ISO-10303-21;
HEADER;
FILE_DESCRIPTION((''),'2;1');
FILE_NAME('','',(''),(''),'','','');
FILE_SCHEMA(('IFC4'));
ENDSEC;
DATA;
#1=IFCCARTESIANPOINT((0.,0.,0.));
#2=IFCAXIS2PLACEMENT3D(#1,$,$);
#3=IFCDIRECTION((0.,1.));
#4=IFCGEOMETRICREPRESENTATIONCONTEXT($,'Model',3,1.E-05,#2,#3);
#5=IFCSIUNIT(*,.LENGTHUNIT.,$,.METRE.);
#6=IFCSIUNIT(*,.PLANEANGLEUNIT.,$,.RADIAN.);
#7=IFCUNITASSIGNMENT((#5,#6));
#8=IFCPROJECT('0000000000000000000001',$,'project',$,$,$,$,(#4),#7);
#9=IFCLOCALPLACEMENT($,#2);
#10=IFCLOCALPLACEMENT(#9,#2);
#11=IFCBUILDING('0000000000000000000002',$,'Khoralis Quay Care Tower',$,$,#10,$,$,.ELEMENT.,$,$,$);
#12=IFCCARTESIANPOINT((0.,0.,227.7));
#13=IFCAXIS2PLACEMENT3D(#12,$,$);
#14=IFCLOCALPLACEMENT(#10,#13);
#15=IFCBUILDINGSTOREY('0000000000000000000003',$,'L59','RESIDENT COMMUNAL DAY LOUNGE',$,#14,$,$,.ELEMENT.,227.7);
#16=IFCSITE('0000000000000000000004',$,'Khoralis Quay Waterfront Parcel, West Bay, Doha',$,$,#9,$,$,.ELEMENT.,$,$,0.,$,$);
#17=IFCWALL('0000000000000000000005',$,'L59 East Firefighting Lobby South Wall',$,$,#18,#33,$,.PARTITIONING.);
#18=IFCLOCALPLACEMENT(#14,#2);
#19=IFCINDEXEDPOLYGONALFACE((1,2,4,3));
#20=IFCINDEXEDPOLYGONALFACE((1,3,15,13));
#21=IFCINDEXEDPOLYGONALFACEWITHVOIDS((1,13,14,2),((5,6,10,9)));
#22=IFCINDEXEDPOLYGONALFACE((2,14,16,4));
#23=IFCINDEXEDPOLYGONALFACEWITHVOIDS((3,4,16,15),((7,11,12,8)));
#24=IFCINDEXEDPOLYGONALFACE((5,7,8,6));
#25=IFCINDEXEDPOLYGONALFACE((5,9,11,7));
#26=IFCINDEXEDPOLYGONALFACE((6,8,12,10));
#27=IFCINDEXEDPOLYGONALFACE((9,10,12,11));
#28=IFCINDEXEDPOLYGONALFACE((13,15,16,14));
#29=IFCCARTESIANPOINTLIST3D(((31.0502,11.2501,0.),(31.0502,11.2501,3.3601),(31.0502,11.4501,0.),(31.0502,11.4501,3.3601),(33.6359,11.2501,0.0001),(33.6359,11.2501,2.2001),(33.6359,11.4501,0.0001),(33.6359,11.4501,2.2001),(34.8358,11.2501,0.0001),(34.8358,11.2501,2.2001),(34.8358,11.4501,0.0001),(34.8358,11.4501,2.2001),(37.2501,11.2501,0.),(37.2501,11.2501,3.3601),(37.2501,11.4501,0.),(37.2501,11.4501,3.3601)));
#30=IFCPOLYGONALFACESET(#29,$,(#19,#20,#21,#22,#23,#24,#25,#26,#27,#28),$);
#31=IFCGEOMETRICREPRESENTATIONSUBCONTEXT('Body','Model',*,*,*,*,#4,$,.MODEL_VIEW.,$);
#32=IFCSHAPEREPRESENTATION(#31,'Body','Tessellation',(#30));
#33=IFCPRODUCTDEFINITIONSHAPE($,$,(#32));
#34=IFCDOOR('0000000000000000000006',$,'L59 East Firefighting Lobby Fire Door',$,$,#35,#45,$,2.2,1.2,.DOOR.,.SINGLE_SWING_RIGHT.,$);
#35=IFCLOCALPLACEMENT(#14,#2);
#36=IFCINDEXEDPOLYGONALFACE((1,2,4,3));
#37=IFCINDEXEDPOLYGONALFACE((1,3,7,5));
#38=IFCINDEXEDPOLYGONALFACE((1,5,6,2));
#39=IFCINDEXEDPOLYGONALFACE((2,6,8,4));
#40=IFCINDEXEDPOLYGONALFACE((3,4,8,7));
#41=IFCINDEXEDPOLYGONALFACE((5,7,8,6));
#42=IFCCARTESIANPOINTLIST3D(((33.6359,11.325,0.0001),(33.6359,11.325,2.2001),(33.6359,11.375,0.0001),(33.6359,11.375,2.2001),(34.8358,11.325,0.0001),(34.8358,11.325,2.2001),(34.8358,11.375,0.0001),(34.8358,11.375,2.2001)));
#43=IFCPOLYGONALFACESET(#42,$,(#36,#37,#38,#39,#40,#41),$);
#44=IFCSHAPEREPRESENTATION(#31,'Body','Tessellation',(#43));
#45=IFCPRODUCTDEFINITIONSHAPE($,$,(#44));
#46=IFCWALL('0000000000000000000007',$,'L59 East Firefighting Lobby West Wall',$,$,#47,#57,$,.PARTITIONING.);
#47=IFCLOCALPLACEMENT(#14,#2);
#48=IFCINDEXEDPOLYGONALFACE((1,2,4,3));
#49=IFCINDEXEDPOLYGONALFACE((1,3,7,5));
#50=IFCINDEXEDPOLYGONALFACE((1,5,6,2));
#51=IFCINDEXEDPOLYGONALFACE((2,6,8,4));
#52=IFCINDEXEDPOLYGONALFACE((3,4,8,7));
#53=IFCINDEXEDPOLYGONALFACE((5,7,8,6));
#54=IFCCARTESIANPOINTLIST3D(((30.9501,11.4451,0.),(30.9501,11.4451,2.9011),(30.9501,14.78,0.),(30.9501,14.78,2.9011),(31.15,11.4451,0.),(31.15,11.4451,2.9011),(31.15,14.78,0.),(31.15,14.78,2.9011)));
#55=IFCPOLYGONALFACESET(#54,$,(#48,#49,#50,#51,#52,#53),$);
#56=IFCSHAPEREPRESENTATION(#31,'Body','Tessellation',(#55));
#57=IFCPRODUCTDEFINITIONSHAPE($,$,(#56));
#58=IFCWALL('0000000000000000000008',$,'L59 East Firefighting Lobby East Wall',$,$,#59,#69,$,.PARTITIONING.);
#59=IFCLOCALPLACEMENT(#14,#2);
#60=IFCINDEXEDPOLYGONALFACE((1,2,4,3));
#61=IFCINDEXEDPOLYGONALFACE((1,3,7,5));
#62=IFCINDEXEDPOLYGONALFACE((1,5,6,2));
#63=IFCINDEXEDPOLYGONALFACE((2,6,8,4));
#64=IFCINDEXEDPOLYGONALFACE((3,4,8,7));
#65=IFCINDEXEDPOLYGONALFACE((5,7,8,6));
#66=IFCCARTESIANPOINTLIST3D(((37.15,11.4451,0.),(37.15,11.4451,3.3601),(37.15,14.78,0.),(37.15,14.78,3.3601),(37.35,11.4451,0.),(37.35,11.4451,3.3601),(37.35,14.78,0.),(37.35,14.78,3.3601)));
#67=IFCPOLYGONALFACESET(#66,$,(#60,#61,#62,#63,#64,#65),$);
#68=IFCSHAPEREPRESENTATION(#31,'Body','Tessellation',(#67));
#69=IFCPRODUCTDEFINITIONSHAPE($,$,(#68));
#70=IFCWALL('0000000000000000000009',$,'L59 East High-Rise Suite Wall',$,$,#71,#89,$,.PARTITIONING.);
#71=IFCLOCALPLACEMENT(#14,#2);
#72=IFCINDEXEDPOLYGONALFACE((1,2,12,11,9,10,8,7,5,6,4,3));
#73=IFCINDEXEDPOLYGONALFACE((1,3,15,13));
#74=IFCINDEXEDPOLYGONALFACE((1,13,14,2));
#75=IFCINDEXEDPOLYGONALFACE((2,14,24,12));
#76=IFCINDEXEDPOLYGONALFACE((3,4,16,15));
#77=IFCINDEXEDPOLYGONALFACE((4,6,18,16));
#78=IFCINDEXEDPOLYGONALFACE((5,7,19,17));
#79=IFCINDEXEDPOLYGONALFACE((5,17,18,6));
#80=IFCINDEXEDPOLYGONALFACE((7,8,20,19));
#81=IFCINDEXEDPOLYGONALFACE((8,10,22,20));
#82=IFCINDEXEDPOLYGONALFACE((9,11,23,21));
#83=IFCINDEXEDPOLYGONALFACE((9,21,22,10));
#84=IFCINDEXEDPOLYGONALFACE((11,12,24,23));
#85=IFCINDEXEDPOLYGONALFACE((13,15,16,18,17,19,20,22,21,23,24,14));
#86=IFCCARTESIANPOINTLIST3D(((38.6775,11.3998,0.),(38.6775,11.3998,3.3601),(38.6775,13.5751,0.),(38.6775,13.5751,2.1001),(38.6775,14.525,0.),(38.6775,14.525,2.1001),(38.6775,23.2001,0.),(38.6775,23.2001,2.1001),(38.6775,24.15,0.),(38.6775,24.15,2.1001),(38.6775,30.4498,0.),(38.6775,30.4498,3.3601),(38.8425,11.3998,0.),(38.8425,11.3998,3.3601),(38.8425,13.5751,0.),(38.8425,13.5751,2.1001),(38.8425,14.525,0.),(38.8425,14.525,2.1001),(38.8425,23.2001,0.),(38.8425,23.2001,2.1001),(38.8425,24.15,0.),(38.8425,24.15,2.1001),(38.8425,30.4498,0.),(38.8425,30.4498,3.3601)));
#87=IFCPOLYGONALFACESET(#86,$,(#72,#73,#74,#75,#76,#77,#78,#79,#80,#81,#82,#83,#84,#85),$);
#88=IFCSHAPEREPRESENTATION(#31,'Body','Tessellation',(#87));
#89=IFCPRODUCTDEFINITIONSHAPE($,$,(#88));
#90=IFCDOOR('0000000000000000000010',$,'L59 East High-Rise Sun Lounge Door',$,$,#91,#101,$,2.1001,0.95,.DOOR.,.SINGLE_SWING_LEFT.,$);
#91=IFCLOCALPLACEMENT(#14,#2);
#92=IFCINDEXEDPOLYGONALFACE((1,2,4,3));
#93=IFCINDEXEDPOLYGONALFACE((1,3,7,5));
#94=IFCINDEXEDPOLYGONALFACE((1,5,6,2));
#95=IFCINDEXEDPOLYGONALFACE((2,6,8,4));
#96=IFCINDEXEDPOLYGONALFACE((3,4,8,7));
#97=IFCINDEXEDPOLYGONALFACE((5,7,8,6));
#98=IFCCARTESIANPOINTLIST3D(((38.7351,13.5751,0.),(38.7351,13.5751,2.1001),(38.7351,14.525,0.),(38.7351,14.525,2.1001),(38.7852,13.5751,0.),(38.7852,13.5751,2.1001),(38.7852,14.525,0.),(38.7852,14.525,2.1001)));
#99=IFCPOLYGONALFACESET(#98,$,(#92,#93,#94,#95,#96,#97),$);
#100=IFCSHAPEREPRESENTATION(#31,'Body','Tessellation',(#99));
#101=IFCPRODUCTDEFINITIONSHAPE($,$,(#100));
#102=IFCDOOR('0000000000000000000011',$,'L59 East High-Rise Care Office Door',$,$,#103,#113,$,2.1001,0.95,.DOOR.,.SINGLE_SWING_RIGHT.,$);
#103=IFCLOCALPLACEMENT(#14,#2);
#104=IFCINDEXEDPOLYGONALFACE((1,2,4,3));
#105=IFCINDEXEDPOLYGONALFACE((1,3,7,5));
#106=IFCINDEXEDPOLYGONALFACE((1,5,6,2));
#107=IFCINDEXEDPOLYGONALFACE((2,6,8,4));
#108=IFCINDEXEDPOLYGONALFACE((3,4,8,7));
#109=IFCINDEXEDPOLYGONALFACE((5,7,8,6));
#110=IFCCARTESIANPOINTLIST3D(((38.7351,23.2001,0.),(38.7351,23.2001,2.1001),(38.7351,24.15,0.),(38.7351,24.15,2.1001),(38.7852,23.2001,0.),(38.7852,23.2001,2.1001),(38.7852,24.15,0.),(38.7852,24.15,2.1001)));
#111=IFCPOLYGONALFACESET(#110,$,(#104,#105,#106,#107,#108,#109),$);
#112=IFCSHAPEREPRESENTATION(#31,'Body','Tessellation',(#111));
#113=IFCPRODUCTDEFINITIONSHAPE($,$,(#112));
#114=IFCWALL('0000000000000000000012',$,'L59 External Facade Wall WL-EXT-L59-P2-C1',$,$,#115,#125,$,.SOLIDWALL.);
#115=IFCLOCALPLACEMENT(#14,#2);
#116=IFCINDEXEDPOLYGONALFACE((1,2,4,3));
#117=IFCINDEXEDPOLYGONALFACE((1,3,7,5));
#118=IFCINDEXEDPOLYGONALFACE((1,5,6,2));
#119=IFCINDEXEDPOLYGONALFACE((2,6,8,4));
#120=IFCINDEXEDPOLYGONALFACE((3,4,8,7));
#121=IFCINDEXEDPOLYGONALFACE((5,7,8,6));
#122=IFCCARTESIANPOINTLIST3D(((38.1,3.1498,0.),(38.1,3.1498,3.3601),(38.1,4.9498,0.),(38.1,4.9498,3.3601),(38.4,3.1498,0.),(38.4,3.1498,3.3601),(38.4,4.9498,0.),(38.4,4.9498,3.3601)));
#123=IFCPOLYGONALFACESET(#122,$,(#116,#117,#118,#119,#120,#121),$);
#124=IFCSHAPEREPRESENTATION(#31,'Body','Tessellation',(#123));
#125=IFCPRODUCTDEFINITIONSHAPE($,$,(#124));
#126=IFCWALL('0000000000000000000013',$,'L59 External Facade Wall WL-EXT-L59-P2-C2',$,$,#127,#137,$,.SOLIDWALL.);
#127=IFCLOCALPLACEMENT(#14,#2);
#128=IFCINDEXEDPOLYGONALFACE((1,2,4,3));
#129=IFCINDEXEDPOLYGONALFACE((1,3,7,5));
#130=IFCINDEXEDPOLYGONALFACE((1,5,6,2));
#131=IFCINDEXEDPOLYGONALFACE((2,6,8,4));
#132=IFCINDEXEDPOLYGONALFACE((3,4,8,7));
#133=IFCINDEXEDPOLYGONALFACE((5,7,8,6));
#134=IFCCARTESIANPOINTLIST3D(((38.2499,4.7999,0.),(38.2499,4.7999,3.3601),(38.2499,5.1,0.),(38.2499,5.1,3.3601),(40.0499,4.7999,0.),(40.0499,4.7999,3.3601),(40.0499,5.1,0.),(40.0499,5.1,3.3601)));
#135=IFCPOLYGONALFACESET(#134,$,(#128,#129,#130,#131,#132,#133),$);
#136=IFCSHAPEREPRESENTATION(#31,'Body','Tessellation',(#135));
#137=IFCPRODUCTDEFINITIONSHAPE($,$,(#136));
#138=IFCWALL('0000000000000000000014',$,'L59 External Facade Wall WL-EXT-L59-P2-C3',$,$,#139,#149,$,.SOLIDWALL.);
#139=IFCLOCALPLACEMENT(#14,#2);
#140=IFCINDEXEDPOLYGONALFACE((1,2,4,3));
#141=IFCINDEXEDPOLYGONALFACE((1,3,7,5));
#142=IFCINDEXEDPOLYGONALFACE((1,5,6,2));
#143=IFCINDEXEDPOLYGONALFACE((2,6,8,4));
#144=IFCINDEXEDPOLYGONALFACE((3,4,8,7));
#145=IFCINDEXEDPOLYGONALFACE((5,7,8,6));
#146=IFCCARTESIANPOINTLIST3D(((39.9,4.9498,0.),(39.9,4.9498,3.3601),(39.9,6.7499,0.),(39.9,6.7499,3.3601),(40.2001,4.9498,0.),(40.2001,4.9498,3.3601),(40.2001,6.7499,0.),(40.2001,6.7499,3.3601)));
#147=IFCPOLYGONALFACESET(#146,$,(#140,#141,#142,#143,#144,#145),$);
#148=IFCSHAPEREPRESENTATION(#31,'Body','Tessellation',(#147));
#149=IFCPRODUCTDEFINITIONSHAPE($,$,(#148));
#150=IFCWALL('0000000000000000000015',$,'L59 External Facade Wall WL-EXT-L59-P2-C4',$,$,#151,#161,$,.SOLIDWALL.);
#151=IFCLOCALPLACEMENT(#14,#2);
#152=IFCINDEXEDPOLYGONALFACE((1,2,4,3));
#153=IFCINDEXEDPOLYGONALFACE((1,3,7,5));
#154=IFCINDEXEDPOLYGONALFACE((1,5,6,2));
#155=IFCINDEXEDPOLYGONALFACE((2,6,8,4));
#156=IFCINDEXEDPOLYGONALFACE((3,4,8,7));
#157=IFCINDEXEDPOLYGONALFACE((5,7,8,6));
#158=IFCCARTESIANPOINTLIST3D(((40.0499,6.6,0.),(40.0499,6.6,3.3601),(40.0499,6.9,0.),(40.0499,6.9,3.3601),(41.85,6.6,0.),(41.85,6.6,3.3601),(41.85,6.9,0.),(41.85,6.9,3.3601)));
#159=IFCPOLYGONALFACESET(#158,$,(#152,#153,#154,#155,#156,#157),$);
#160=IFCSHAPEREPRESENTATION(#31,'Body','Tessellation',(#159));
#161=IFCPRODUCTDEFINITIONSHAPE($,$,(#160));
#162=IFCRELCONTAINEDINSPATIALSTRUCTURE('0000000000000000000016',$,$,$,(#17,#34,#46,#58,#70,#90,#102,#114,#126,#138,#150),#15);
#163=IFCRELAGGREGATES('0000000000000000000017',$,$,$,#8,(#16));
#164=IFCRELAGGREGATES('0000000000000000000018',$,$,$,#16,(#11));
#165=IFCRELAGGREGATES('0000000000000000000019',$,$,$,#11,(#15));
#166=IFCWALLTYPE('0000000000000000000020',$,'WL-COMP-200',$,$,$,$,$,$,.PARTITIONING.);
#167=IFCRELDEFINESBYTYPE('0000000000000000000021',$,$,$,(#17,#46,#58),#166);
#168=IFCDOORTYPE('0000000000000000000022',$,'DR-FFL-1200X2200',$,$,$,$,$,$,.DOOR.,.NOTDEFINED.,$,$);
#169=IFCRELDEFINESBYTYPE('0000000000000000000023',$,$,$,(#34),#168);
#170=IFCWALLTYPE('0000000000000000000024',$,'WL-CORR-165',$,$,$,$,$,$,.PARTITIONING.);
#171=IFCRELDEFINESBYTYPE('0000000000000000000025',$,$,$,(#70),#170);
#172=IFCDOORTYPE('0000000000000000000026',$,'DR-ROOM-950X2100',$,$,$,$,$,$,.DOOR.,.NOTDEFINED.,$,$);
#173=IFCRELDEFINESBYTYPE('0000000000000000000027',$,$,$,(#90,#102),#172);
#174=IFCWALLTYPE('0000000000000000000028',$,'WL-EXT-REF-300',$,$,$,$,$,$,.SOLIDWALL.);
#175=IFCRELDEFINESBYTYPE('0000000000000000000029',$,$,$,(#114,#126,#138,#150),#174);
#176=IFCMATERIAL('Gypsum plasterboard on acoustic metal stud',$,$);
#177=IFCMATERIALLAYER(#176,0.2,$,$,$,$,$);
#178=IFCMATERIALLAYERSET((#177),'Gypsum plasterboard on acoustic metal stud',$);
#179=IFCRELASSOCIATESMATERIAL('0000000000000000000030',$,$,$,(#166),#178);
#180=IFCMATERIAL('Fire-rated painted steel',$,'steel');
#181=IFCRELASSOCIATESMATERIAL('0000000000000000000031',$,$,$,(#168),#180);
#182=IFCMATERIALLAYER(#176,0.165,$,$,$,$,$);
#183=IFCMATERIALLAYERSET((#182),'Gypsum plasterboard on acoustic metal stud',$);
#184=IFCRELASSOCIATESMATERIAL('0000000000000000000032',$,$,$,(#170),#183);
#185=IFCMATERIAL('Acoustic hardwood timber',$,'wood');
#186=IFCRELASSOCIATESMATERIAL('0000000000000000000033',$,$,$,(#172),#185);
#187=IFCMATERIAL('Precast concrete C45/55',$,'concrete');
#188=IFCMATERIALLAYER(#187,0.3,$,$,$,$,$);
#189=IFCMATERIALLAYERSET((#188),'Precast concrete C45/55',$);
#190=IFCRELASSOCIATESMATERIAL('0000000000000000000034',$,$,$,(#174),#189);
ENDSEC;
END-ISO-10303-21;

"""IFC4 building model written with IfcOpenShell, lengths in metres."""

from ifc_helpers import new_model, si_unit, direction, frame, frame_2d, origin, place, context, subcontext, project, spatial, rectangle, extrude, source, transform, mapped, material, layer, layer_set, type_object, element, fill, save


model = new_model("IFC4")

# Units and contexts
model_context = context("Model", 3, precision=1e-05, world=origin(), true_north=direction((0.0, 1.0)))
body_context = subcontext(model_context, "Body", "Model", "MODEL_VIEW")
ifc_project = project(units=[si_unit("LENGTHUNIT", "METRE"), si_unit("PLANEANGLEUNIT", "RADIAN")], contexts=[model_context])

# Site, building, storey
site_placement = place(None, origin())
site = spatial("IfcSite", under=ifc_project, at=site_placement, Name="Khoralis Quay Waterfront Parcel, West Bay, Doha", CompositionType="ELEMENT", RefElevation=0.0)
building_placement = place(site_placement, origin())
building = spatial("IfcBuilding", under=site, at=building_placement, Name="Khoralis Quay Care Tower", CompositionType="ELEMENT")
storey_placement = place(building_placement, frame((0.0, 0.0, 227.7)))
storey = spatial("IfcBuildingStorey", under=building, at=storey_placement, Name="L59", Description="RESIDENT COMMUNAL DAY LOUNGE", CompositionType="ELEMENT", Elevation=227.7)

# Wall, opening, door
ifc_material_1 = material(Name="Gypsum plasterboard on acoustic metal stud")
ifc_layer_1 = layer(ifc_material_1, 0.2)
ifc_layer_set_1 = layer_set([ifc_layer_1], Name="Gypsum plasterboard on acoustic metal stud")
wall_type_1 = type_object("IfcWallType", Name="WL-COMP-200", PredefinedType="PARTITIONING", material=ifc_layer_set_1)
wall_1_placement = place(storey_placement, frame((31.05, 11.3501, 0.0), z_axis=(0.0, 0.0, 1.0), x_axis=(1.0, 0.0, 0.0)))
wall_1 = element("IfcWall", 1, at=wall_1_placement, inside=storey, type_object=wall_type_1, Name="L59 East Firefighting Lobby South Wall", PredefinedType="PARTITIONING", context=body_context, shape_type="SweptSolid", body=[
    extrude(rectangle(XDim=6.2, YDim=0.2, at=frame_2d((3.1001, 0.0))), origin(), (0.0, 0.0, 1.0), 3.3601),
])
opening_1_placement = place(wall_1_placement, frame((2.5857, 0.0, 0.0)))
opening_1 = element("IfcOpeningElement", 2, at=opening_1_placement, cuts=wall_1, PredefinedType="OPENING", context=body_context, shape_type="SweptSolid", body=[
    extrude(rectangle(XDim=1.2, YDim=2.2, at=frame_2d((0.6001, 1.1001))), frame((0.0, 0.1099, 0.0), z_axis=(0.0, -1.0, 0.0), x_axis=(1.0, 0.0, 0.0)), (0.0, 0.0, 1.0), 0.22),
])
ifc_material_2 = material(Name="Fire-rated painted steel", Category="steel")
door_type_1 = type_object("IfcDoorType", Name="DR-FFL-1200X2200", OperationType="NOTDEFINED", PredefinedType="DOOR", material=ifc_material_2)
shared_shape_1 = source(origin(), body_context, "Body", "SweptSolid", [
    extrude(rectangle(XDim=1.2, YDim=2.2, at=frame_2d((0.6001, 1.1001))), frame((0.0, 0.0249, 0.0), z_axis=(0.0, -1.0, 0.0), x_axis=(1.0, 0.0, 0.0)), (0.0, 0.0, 1.0), 0.05),
])
door_1_placement = place(opening_1_placement, origin())
door_1 = element("IfcDoor", 3, at=door_1_placement, inside=storey, type_object=door_type_1, Name="L59 East Firefighting Lobby Fire Door", OperationType="SINGLE_SWING_RIGHT", OverallHeight=2.2, OverallWidth=1.2, PredefinedType="DOOR", context=body_context, shape_type="MappedRepresentation", body=[
    mapped(shared_shape_1, transform((0.0, 0.0, 0.0), scale=1.0)),
])
fill(opening_1, door_1)

# Walls
wall_2_placement = place(storey_placement, frame((31.05, 11.4451, 0.0), z_axis=(0.0, 0.0, 1.0), x_axis=(0.0, 1.0, 0.0)))
element("IfcWall", 4, at=wall_2_placement, inside=storey, type_object=wall_type_1, Name="L59 East Firefighting Lobby West Wall", PredefinedType="PARTITIONING", context=body_context, shape_type="SweptSolid", body=[
    extrude(rectangle(XDim=3.335, YDim=0.2, at=frame_2d((1.6675, 0.0))), origin(), (0.0, 0.0, 1.0), 2.9011),
])
wall_3_placement = place(storey_placement, frame((37.25, 11.4451, 0.0), z_axis=(0.0, 0.0, 1.0), x_axis=(0.0, 1.0, 0.0)))
element("IfcWall", 5, at=wall_3_placement, inside=storey, type_object=wall_type_1, Name="L59 East Firefighting Lobby East Wall", PredefinedType="PARTITIONING", context=body_context, shape_type="SweptSolid", body=[
    extrude(rectangle(XDim=3.335, YDim=0.2, at=frame_2d((1.6675, 0.0))), origin(), (0.0, 0.0, 1.0), 3.3601),
])

# Wall, openings, doors
ifc_layer_2 = layer(ifc_material_1, 0.165)
ifc_layer_set_2 = layer_set([ifc_layer_2], Name="Gypsum plasterboard on acoustic metal stud")
wall_type_2 = type_object("IfcWallType", Name="WL-CORR-165", PredefinedType="PARTITIONING", material=ifc_layer_set_2)
wall_4_placement = place(storey_placement, frame((38.76, 11.3999, 0.0), z_axis=(0.0, 0.0, 1.0), x_axis=(0.0, 1.0, 0.0)))
wall_4 = element("IfcWall", 6, at=wall_4_placement, inside=storey, type_object=wall_type_2, Name="L59 East High-Rise Suite Wall", PredefinedType="PARTITIONING", context=body_context, shape_type="SweptSolid", body=[
    extrude(rectangle(XDim=19.05, YDim=0.165, at=frame_2d((9.5249, 0.0))), origin(), (0.0, 0.0, 1.0), 3.3601),
])
opening_2_placement = place(wall_4_placement, frame((2.175, 0.0, 0.0)))
opening_2 = element("IfcOpeningElement", 7, at=opening_2_placement, cuts=wall_4, PredefinedType="OPENING", context=body_context, shape_type="SweptSolid", body=[
    extrude(rectangle(XDim=0.95, YDim=2.1001, at=frame_2d((0.4751, 1.05))), frame((0.0, 0.0925, 0.0), z_axis=(0.0, -1.0, 0.0), x_axis=(1.0, 0.0, 0.0)), (0.0, 0.0, 1.0), 0.1851),
])
opening_3_placement = place(wall_4_placement, frame((11.8, 0.0, 0.0)))
opening_3 = element("IfcOpeningElement", 8, at=opening_3_placement, cuts=wall_4, PredefinedType="OPENING", context=body_context, shape_type="SweptSolid", body=[
    extrude(rectangle(XDim=0.95, YDim=2.1001, at=frame_2d((0.4751, 1.05))), frame((0.0, 0.0925, 0.0), z_axis=(0.0, -1.0, 0.0), x_axis=(1.0, 0.0, 0.0)), (0.0, 0.0, 1.0), 0.1851),
])
ifc_material_3 = material(Name="Acoustic hardwood timber", Category="wood")
door_type_2 = type_object("IfcDoorType", Name="DR-ROOM-950X2100", OperationType="NOTDEFINED", PredefinedType="DOOR", material=ifc_material_3)
shared_shape_2 = source(origin(), body_context, "Body", "SweptSolid", [
    extrude(rectangle(XDim=0.95, YDim=2.1001, at=frame_2d((0.4751, 1.05))), frame((0.0, 0.0249, 0.0), z_axis=(0.0, -1.0, 0.0), x_axis=(1.0, 0.0, 0.0)), (0.0, 0.0, 1.0), 0.05),
])
door_2_placement = place(opening_2_placement, origin())
door_2 = element("IfcDoor", 9, at=door_2_placement, inside=storey, type_object=door_type_2, Name="L59 East High-Rise Sun Lounge Door", OperationType="SINGLE_SWING_LEFT", OverallHeight=2.1001, OverallWidth=0.95, PredefinedType="DOOR", context=body_context, shape_type="MappedRepresentation", body=[
    mapped(shared_shape_2, transform((0.0, 0.0, 0.0), scale=1.0)),
])
fill(opening_2, door_2)
door_3_placement = place(opening_3_placement, origin())
door_3 = element("IfcDoor", 10, at=door_3_placement, inside=storey, type_object=door_type_2, Name="L59 East High-Rise Care Office Door", OperationType="SINGLE_SWING_RIGHT", OverallHeight=2.1001, OverallWidth=0.95, PredefinedType="DOOR", context=body_context, shape_type="MappedRepresentation", body=[
    mapped(shared_shape_2, transform((0.0, 0.0, 0.0), scale=1.0)),
])
fill(opening_3, door_3)

# Walls
ifc_material_4 = material(Name="Precast concrete C45/55", Category="concrete")
ifc_layer_3 = layer(ifc_material_4, 0.3)
ifc_layer_set_3 = layer_set([ifc_layer_3], Name="Precast concrete C45/55")
wall_type_3 = type_object("IfcWallType", Name="WL-EXT-REF-300", PredefinedType="SOLIDWALL", material=ifc_layer_set_3)
for number, where, z_axis, x_axis, name in (
    (11, (38.25, 3.1499, 0.0), (0.0, 0.0, 1.0), (0.0, 1.0, 0.0), "L59 External Facade Wall WL-EXT-L59-P2-C1"),
    (12, (38.25, 4.95, 0.0), (0.0, 0.0, 1.0), (1.0, 0.0, 0.0), "L59 External Facade Wall WL-EXT-L59-P2-C2"),
    (13, (40.05, 4.95, 0.0), (0.0, 0.0, 1.0), (0.0, 1.0, 0.0), "L59 External Facade Wall WL-EXT-L59-P2-C3"),
    (14, (40.05, 6.75, 0.0), (0.0, 0.0, 1.0), (1.0, 0.0, 0.0), "L59 External Facade Wall WL-EXT-L59-P2-C4"),
):
    element("IfcWall", number, at=place(storey_placement, frame(where, z_axis=z_axis, x_axis=x_axis)), inside=storey, type_object=wall_type_3, Name=name, PredefinedType="SOLIDWALL", context=body_context, shape_type="SweptSolid", body=[
        extrude(rectangle(XDim=1.8, YDim=0.3, at=frame_2d((0.8999, 0.0))), origin(), (0.0, 0.0, 1.0), 3.3601),
    ])

save(model, "model.ifc")
